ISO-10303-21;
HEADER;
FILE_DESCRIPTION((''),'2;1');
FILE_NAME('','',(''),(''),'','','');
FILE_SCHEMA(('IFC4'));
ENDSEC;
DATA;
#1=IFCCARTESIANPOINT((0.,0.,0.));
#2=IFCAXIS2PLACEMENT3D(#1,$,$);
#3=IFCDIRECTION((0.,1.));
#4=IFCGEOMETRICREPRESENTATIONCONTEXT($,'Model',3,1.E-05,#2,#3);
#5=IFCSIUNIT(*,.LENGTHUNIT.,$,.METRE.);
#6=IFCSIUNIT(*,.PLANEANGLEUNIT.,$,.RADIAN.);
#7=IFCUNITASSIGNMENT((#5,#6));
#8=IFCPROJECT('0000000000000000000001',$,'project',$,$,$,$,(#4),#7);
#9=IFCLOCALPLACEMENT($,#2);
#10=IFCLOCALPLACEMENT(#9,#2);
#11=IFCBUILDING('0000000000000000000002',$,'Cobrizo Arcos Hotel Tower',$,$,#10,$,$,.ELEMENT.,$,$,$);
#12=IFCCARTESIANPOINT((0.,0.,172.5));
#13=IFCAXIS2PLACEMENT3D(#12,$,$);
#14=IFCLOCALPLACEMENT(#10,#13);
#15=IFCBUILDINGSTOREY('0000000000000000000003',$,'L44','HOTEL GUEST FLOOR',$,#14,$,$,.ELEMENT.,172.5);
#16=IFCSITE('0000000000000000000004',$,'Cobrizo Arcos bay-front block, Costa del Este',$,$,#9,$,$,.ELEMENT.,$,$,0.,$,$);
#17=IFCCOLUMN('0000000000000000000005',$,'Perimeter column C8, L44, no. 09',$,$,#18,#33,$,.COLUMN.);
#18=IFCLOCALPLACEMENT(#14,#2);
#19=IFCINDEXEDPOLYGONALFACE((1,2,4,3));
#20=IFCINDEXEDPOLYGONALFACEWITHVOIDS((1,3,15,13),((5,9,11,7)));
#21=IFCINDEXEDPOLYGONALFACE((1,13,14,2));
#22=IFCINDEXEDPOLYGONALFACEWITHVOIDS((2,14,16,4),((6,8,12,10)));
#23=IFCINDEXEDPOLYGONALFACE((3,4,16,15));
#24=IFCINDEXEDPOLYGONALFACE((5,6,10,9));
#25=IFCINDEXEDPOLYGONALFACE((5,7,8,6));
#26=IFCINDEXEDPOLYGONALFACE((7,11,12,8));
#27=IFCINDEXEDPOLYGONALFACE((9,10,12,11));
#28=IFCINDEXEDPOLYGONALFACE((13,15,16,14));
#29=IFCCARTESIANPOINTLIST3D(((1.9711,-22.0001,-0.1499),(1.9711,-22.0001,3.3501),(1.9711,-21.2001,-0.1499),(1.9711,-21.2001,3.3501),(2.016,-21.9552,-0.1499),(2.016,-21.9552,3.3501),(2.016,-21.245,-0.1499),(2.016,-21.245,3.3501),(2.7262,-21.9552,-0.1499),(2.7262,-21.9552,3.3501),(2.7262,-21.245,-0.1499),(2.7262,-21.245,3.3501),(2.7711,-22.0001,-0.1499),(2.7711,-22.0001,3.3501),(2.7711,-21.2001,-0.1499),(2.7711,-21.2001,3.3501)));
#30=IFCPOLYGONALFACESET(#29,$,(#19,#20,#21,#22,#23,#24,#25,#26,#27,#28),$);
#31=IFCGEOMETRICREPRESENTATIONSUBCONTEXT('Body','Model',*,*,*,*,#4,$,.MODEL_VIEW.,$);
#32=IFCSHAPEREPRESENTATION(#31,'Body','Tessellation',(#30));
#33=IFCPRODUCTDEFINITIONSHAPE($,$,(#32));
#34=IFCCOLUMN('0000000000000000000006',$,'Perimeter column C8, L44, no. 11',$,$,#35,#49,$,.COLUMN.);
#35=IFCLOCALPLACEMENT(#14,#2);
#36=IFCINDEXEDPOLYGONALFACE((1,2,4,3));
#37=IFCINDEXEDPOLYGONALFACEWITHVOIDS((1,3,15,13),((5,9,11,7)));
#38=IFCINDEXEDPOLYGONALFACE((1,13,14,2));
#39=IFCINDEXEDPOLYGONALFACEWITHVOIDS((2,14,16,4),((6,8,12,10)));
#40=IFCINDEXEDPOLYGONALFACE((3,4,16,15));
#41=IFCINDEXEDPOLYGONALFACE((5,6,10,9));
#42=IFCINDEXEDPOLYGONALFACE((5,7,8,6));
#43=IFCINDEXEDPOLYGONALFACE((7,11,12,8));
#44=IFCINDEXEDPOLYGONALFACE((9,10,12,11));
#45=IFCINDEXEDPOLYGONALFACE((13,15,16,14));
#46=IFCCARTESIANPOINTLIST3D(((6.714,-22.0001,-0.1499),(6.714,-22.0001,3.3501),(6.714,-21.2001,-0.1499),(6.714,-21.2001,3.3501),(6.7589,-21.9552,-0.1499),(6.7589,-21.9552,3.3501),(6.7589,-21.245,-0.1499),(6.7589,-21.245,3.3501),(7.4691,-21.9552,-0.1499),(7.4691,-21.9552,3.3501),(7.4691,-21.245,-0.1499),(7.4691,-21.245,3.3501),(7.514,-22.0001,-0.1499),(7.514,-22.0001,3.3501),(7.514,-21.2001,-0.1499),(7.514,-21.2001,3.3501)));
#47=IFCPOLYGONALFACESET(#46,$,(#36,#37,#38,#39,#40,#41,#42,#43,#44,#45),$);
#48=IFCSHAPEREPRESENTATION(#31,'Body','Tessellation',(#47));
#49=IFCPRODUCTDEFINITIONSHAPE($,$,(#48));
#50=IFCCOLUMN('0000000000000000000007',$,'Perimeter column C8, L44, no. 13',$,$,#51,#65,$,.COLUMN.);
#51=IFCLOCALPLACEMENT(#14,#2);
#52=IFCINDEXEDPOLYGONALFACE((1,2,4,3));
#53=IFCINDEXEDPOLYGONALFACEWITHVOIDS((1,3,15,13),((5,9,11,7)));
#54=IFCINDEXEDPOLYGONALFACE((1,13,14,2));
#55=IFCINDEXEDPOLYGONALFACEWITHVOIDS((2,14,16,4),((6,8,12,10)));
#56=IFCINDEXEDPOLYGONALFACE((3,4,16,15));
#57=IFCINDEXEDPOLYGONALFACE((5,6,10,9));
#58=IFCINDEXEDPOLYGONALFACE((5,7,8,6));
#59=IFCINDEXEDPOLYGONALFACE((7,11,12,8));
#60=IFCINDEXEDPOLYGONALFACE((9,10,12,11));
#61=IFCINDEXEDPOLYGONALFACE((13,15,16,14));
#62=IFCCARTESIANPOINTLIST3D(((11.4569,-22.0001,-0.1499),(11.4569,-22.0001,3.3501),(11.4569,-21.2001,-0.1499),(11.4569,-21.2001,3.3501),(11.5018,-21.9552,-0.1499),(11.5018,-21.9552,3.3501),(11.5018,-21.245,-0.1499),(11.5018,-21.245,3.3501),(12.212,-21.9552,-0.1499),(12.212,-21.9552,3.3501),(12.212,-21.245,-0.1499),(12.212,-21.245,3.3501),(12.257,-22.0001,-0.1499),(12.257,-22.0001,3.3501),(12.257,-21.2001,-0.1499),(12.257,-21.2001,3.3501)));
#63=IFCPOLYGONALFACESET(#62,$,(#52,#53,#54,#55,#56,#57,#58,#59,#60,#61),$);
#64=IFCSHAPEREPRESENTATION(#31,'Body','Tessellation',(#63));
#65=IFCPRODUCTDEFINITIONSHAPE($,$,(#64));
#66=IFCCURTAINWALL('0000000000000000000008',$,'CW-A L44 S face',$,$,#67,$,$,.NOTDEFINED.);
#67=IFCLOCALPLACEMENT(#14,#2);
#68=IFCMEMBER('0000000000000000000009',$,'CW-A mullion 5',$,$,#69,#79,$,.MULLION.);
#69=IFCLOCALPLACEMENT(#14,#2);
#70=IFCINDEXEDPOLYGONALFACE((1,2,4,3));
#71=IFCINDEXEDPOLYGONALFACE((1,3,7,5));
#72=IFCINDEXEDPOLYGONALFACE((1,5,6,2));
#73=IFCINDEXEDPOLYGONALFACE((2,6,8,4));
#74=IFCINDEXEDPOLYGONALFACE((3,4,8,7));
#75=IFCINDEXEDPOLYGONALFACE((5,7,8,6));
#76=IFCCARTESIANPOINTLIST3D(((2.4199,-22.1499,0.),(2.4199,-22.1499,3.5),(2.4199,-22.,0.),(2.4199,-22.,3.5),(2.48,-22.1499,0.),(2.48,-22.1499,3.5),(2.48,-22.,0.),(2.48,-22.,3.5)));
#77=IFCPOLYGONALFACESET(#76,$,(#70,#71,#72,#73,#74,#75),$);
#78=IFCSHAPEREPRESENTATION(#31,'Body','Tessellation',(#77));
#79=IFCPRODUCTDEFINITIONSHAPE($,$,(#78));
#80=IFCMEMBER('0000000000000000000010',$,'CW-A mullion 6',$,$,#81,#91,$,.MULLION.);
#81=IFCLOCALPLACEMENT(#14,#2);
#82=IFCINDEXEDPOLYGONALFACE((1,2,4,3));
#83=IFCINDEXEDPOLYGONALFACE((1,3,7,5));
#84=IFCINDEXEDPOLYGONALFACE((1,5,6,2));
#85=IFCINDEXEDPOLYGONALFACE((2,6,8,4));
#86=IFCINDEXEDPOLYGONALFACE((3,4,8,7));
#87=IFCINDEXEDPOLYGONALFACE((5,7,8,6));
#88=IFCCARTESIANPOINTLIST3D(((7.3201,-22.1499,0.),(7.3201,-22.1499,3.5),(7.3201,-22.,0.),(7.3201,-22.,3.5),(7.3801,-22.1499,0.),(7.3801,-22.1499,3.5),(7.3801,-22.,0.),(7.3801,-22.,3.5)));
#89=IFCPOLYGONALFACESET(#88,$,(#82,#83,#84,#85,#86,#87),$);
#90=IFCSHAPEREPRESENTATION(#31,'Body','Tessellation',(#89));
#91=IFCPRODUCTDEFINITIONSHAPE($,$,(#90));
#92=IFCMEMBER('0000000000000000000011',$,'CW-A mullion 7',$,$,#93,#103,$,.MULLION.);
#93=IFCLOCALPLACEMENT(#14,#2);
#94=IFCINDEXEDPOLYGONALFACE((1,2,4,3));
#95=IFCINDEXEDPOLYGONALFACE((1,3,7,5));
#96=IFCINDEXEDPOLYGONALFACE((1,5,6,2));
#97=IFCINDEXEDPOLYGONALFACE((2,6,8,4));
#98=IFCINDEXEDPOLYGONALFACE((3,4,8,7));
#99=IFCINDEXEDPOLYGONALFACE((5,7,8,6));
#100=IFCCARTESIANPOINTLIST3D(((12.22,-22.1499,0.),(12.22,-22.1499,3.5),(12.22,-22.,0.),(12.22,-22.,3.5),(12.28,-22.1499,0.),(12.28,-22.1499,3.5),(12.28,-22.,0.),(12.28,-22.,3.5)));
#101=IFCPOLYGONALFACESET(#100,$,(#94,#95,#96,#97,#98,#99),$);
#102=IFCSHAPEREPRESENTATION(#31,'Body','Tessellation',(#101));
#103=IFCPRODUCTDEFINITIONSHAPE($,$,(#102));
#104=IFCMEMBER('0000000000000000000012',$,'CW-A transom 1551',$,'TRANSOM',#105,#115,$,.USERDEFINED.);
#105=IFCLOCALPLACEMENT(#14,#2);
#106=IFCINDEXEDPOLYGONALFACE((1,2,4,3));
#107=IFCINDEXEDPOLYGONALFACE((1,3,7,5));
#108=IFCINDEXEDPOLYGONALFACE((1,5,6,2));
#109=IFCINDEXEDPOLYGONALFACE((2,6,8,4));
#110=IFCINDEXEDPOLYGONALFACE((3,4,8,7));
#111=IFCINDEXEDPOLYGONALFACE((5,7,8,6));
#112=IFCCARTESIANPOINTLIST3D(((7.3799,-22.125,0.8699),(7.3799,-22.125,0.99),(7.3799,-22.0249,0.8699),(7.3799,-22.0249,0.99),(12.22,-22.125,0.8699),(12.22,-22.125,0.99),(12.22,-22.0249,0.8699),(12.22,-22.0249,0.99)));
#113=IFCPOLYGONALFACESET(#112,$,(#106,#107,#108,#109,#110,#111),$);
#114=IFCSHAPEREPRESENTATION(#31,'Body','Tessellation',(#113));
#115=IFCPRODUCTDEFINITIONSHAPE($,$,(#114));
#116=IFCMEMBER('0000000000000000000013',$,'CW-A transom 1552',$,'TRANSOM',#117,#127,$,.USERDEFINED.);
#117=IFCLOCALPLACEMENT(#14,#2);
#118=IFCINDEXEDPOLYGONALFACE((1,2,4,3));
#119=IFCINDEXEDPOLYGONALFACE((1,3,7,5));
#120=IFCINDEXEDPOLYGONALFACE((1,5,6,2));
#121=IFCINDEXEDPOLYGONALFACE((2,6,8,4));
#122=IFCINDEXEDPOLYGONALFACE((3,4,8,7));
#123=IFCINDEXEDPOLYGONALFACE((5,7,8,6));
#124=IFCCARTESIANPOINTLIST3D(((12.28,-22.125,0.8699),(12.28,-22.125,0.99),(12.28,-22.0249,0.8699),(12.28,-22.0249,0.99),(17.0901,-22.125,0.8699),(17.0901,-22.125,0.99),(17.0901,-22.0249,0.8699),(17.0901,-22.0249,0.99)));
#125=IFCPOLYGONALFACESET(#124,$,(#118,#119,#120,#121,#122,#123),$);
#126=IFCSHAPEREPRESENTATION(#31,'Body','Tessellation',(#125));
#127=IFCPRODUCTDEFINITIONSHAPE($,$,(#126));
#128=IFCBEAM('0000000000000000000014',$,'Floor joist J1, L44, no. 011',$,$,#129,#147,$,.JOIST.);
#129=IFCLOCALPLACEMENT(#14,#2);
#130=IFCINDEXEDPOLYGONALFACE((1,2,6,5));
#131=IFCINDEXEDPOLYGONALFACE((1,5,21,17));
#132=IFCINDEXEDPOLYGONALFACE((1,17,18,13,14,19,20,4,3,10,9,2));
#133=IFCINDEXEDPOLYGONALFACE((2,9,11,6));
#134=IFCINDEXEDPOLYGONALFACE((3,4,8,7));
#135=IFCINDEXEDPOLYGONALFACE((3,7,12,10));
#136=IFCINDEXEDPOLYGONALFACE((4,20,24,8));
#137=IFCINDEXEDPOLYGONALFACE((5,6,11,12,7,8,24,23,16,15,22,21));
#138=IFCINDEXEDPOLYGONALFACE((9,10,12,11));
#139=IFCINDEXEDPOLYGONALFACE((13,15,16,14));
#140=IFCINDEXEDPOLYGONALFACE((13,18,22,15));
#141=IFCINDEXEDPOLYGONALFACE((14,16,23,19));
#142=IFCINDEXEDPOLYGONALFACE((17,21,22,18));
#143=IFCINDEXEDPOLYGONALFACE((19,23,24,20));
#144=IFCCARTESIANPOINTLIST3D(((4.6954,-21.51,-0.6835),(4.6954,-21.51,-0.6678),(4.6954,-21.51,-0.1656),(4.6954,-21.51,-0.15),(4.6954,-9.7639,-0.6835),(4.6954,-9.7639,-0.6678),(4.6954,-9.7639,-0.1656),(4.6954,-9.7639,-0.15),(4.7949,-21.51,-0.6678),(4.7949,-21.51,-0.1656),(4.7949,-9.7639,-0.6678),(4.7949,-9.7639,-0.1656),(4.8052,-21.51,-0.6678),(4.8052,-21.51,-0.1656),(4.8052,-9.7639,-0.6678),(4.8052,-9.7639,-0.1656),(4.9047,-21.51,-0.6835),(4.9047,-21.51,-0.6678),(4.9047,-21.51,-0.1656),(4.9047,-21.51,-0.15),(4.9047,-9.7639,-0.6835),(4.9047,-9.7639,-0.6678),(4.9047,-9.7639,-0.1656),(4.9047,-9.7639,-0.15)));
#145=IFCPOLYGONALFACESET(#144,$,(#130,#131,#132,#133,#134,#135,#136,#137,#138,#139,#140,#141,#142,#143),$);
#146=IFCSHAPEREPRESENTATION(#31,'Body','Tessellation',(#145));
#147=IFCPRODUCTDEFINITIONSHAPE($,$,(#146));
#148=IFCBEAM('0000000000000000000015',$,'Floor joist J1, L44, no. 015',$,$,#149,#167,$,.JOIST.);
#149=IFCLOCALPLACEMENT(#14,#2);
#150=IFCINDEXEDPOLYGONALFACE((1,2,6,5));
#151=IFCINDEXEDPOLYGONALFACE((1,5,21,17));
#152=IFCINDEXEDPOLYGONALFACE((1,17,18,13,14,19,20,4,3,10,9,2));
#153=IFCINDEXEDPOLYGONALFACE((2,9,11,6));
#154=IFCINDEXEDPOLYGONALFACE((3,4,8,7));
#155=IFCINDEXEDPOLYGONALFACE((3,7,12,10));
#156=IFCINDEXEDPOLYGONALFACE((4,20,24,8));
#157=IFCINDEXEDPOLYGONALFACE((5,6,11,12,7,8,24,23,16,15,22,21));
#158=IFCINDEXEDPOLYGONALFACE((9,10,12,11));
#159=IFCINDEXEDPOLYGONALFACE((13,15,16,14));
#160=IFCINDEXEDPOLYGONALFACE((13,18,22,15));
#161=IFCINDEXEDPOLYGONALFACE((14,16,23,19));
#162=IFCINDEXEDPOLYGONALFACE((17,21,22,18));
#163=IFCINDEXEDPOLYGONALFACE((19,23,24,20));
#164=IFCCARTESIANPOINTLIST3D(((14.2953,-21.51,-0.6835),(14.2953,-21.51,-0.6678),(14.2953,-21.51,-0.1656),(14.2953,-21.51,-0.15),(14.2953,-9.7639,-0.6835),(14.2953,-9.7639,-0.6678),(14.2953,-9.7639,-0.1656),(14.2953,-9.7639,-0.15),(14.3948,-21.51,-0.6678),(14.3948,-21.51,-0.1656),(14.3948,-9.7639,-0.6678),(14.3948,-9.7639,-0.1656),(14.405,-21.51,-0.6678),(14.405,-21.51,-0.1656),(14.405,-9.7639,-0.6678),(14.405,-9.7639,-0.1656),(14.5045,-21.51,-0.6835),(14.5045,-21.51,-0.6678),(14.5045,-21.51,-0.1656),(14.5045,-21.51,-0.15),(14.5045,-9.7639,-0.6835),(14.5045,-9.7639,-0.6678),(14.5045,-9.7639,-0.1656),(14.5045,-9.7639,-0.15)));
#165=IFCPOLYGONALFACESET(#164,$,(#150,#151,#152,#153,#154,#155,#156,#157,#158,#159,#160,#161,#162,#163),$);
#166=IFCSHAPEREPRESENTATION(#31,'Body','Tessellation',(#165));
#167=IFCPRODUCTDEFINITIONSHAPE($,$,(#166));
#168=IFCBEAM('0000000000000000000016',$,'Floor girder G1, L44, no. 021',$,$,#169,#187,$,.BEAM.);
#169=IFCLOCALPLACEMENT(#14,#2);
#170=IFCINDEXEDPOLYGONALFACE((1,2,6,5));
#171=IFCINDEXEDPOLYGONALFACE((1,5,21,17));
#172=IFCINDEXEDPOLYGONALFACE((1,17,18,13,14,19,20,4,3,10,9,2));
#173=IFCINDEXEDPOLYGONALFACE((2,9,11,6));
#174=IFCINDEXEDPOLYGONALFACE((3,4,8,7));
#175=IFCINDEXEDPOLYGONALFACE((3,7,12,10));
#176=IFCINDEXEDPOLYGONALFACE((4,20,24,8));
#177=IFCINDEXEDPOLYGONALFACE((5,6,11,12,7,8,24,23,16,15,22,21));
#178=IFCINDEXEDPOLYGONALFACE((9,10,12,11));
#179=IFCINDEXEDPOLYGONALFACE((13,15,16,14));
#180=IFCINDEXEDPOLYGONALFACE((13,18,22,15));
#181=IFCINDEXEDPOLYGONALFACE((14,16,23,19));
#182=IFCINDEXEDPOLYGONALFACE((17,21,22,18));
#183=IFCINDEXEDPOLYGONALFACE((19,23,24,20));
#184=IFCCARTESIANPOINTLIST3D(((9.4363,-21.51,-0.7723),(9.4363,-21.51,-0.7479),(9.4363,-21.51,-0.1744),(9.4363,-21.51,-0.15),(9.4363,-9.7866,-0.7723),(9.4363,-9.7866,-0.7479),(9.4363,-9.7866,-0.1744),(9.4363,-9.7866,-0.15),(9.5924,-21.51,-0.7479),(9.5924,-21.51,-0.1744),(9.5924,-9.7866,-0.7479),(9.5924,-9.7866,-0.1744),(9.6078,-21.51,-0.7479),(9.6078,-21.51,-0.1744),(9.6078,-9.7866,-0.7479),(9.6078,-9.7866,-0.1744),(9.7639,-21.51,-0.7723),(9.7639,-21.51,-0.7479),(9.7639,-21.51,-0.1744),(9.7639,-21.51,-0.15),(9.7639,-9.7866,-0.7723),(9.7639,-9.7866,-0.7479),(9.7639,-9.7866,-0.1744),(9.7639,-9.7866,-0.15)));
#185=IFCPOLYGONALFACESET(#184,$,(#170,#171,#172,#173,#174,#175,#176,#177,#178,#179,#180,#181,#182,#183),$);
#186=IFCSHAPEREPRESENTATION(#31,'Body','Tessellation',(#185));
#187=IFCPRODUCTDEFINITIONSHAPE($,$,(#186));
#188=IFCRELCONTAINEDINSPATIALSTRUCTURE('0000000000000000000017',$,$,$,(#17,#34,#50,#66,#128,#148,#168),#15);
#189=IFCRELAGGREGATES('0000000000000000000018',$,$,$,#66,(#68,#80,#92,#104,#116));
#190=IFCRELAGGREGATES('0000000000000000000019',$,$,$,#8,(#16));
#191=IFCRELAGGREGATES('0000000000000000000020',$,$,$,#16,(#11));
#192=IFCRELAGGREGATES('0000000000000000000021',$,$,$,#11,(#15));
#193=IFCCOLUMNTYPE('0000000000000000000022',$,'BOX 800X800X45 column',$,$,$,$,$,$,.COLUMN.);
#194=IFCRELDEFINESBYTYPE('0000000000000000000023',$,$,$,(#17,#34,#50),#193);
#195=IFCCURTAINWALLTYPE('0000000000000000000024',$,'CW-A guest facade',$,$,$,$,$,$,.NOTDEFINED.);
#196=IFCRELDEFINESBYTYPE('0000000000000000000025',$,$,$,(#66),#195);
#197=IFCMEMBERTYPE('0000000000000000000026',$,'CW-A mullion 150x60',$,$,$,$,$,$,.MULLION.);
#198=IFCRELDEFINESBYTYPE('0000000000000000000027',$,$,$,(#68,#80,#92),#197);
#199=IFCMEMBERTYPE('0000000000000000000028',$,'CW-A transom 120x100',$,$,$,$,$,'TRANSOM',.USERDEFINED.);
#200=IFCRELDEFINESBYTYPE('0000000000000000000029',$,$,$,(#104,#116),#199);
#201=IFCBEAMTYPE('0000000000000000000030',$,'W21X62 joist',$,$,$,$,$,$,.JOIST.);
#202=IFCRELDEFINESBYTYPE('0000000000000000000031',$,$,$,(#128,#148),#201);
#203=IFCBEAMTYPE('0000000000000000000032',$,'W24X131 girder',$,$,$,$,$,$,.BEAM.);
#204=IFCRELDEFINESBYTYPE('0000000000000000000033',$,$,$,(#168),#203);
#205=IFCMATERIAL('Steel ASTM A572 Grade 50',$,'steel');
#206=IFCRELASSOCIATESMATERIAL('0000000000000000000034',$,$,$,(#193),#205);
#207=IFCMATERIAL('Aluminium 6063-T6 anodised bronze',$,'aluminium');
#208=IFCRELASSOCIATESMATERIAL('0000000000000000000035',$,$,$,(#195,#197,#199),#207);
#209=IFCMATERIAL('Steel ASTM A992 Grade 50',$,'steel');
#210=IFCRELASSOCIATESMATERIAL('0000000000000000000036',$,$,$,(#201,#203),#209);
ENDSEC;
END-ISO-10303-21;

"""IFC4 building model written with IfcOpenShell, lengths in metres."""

from ifc_helpers import new_model, si_unit, direction, frame, origin, origin_2d, place, context, subcontext, project, spatial, rectangle, hollow_rectangle, i_section, extrude, material, material_profile, profile_set, type_object, element, aggregate, save


model = new_model("IFC4")

# Units and contexts
model_context = context("Model", 3, precision=1e-05, world=origin(), true_north=direction((0.0, 1.0)))
body_context = subcontext(model_context, "Body", "Model", "MODEL_VIEW")
ifc_project = project(units=[si_unit("LENGTHUNIT", "METRE"), si_unit("PLANEANGLEUNIT", "RADIAN")], contexts=[model_context])

# Site, building, storey
site_placement = place(None, origin())
site = spatial("IfcSite", under=ifc_project, at=site_placement, Name="Cobrizo Arcos bay-front block, Costa del Este", CompositionType="ELEMENT", RefElevation=0.0)
building_placement = place(site_placement, origin())
building = spatial("IfcBuilding", under=site, at=building_placement, Name="Cobrizo Arcos Hotel Tower", CompositionType="ELEMENT")
storey_placement = place(building_placement, frame((0.0, 0.0, 172.5)))
storey = spatial("IfcBuildingStorey", under=building, at=storey_placement, Name="L44", Description="HOTEL GUEST FLOOR", CompositionType="ELEMENT", Elevation=172.5)

# Columns
ifc_material_1 = material(Name="Steel ASTM A572 Grade 50", Category="steel")
ifc_material_profile_1 = material_profile(ifc_material_1, hollow_rectangle(XDim=0.8, YDim=0.8, WallThickness=0.0449, at=origin_2d()), Name="BOX 800X800X45")
ifc_profile_set_1 = profile_set([ifc_material_profile_1], Name="Steel ASTM A572 Grade 50")
column_type = type_object("IfcColumnType", Name="BOX 800X800X45 column", PredefinedType="COLUMN", material=ifc_profile_set_1)
for number, where, z_axis, x_axis, name in (
    (1, (2.3711, -21.6001, -0.1499), (0.0, 0.0, 1.0), (1.0, 0.0, 0.0), "Perimeter column C8, L44, no. 09"),
    (2, (7.114, -21.6001, -0.1499), (0.0, 0.0, 1.0), (1.0, 0.0, 0.0), "Perimeter column C8, L44, no. 11"),
    (3, (11.8569, -21.6001, -0.1499), (0.0, 0.0, 1.0), (1.0, 0.0, 0.0), "Perimeter column C8, L44, no. 13"),
):
    element("IfcColumn", number, at=place(storey_placement, frame(where, z_axis=z_axis, x_axis=x_axis)), inside=storey, type_object=column_type, Name=name, PredefinedType="COLUMN", context=body_context, shape_type="SweptSolid", body=[
        extrude(hollow_rectangle(XDim=0.8, YDim=0.8, WallThickness=0.0449, at=origin_2d()), origin(), (0.0, 0.0, 1.0), 3.5),
    ])

# Curtain wall, members
ifc_material_2 = material(Name="Aluminium 6063-T6 anodised bronze", Category="aluminium")
curtain_wall_type = type_object("IfcCurtainWallType", Name="CW-A guest facade", PredefinedType="NOTDEFINED", material=ifc_material_2)
curtain_wall_placement = place(storey_placement, origin())
curtain_wall = element("IfcCurtainWall", 4, at=curtain_wall_placement, inside=storey, type_object=curtain_wall_type, Name="CW-A L44 S face", PredefinedType="NOTDEFINED")
ifc_material_profile_2 = material_profile(ifc_material_2, rectangle(XDim=0.1499, YDim=0.0601, at=origin_2d()), Name="CW-A mullion 150x60")
ifc_profile_set_2 = profile_set([ifc_material_profile_2], Name="Aluminium 6063-T6 anodised bronze")
member_type_1 = type_object("IfcMemberType", Name="CW-A mullion 150x60", PredefinedType="MULLION", material=ifc_profile_set_2)
member_1_placement = place(storey_placement, frame((2.45, -22.075, 0.0), z_axis=(0.0, 0.0, 1.0), x_axis=(0.0, -1.0, 0.0)))
member_1 = element("IfcMember", 5, at=member_1_placement, type_object=member_type_1, Name="CW-A mullion 5", PredefinedType="MULLION", context=body_context, shape_type="SweptSolid", body=[
    extrude(rectangle(XDim=0.1499, YDim=0.0601, at=origin_2d()), origin(), (0.0, 0.0, 1.0), 3.5),
])
member_2_placement = place(storey_placement, frame((7.3501, -22.075, 0.0), z_axis=(0.0, 0.0, 1.0), x_axis=(0.0, -1.0, 0.0)))
member_2 = element("IfcMember", 6, at=member_2_placement, type_object=member_type_1, Name="CW-A mullion 6", PredefinedType="MULLION", context=body_context, shape_type="SweptSolid", body=[
    extrude(rectangle(XDim=0.1499, YDim=0.0601, at=origin_2d()), origin(), (0.0, 0.0, 1.0), 3.5),
])
member_3_placement = place(storey_placement, frame((12.25, -22.075, 0.0), z_axis=(0.0, 0.0, 1.0), x_axis=(0.0, -1.0, 0.0)))
member_3 = element("IfcMember", 7, at=member_3_placement, type_object=member_type_1, Name="CW-A mullion 7", PredefinedType="MULLION", context=body_context, shape_type="SweptSolid", body=[
    extrude(rectangle(XDim=0.1499, YDim=0.0601, at=origin_2d()), origin(), (0.0, 0.0, 1.0), 3.5),
])
ifc_material_profile_3 = material_profile(ifc_material_2, rectangle(XDim=0.1001, YDim=0.1201, at=origin_2d()), Name="CW-A transom 120x100")
ifc_profile_set_3 = profile_set([ifc_material_profile_3], Name="Aluminium 6063-T6 anodised bronze")
member_type_2 = type_object("IfcMemberType", Name="CW-A transom 120x100", ElementType="TRANSOM", PredefinedType="USERDEFINED", material=ifc_profile_set_3)
member_4_placement = place(storey_placement, frame((7.3799, -22.075, 0.9299), z_axis=(1.0, 0.0, 0.0), x_axis=(0.0, 1.0, 0.0)))
member_4 = element("IfcMember", 8, at=member_4_placement, type_object=member_type_2, Name="CW-A transom 1551", ObjectType="TRANSOM", PredefinedType="USERDEFINED", context=body_context, shape_type="SweptSolid", body=[
    extrude(rectangle(XDim=0.1001, YDim=0.1201, at=origin_2d()), origin(), (0.0, 0.0, 1.0), 4.8401),
])
member_5_placement = place(storey_placement, frame((12.28, -22.075, 0.9299), z_axis=(1.0, 0.0, 0.0), x_axis=(0.0, 1.0, 0.0)))
member_5 = element("IfcMember", 9, at=member_5_placement, type_object=member_type_2, Name="CW-A transom 1552", ObjectType="TRANSOM", PredefinedType="USERDEFINED", context=body_context, shape_type="SweptSolid", body=[
    extrude(rectangle(XDim=0.1001, YDim=0.1201, at=origin_2d()), origin(), (0.0, 0.0, 1.0), 4.8101),
])

# Beams
ifc_material_3 = material(Name="Steel ASTM A992 Grade 50", Category="steel")
ifc_material_profile_4 = material_profile(ifc_material_3, i_section(OverallWidth=0.2092, OverallDepth=0.5334, WebThickness=0.0103, FlangeThickness=0.0156, at=origin_2d()), Name="W21X62")
ifc_profile_set_4 = profile_set([ifc_material_profile_4], Name="Steel ASTM A992 Grade 50")
beam_type_1 = type_object("IfcBeamType", Name="W21X62 joist", PredefinedType="JOIST", material=ifc_profile_set_4)
for number, where, z_axis, x_axis, name in (
    (10, (4.8, -21.51, -0.4167), (0.0, 1.0, 0.0), (-1.0, 0.0, 0.0), "Floor joist J1, L44, no. 011"),
    (11, (14.3999, -21.51, -0.4167), (0.0, 1.0, 0.0), (-1.0, 0.0, 0.0), "Floor joist J1, L44, no. 015"),
):
    element("IfcBeam", number, at=place(storey_placement, frame(where, z_axis=z_axis, x_axis=x_axis)), inside=storey, type_object=beam_type_1, Name=name, PredefinedType="JOIST", context=body_context, shape_type="SweptSolid", body=[
        extrude(i_section(OverallWidth=0.2092, OverallDepth=0.5334, WebThickness=0.0103, FlangeThickness=0.0156, at=origin_2d()), origin(), (0.0, 0.0, 1.0), 11.7461),
    ])
ifc_material_profile_5 = material_profile(ifc_material_3, i_section(OverallWidth=0.3276, OverallDepth=0.6223, WebThickness=0.0154, FlangeThickness=0.0244, at=origin_2d()), Name="W24X131")
ifc_profile_set_5 = profile_set([ifc_material_profile_5], Name="Steel ASTM A992 Grade 50")
beam_type_2 = type_object("IfcBeamType", Name="W24X131 girder", PredefinedType="BEAM", material=ifc_profile_set_5)
beam_1_placement = place(storey_placement, frame((9.6001, -21.51, -0.4612), z_axis=(0.0, 1.0, 0.0), x_axis=(-1.0, 0.0, 0.0)))
element("IfcBeam", 12, at=beam_1_placement, inside=storey, type_object=beam_type_2, Name="Floor girder G1, L44, no. 021", PredefinedType="BEAM", context=body_context, shape_type="SweptSolid", body=[
    extrude(i_section(OverallWidth=0.3276, OverallDepth=0.6223, WebThickness=0.0154, FlangeThickness=0.0244, at=origin_2d()), origin(), (0.0, 0.0, 1.0), 11.7234),
])

aggregate(curtain_wall, [member_1, member_2, member_3, member_4, member_5])

save(model, "model.ifc")
